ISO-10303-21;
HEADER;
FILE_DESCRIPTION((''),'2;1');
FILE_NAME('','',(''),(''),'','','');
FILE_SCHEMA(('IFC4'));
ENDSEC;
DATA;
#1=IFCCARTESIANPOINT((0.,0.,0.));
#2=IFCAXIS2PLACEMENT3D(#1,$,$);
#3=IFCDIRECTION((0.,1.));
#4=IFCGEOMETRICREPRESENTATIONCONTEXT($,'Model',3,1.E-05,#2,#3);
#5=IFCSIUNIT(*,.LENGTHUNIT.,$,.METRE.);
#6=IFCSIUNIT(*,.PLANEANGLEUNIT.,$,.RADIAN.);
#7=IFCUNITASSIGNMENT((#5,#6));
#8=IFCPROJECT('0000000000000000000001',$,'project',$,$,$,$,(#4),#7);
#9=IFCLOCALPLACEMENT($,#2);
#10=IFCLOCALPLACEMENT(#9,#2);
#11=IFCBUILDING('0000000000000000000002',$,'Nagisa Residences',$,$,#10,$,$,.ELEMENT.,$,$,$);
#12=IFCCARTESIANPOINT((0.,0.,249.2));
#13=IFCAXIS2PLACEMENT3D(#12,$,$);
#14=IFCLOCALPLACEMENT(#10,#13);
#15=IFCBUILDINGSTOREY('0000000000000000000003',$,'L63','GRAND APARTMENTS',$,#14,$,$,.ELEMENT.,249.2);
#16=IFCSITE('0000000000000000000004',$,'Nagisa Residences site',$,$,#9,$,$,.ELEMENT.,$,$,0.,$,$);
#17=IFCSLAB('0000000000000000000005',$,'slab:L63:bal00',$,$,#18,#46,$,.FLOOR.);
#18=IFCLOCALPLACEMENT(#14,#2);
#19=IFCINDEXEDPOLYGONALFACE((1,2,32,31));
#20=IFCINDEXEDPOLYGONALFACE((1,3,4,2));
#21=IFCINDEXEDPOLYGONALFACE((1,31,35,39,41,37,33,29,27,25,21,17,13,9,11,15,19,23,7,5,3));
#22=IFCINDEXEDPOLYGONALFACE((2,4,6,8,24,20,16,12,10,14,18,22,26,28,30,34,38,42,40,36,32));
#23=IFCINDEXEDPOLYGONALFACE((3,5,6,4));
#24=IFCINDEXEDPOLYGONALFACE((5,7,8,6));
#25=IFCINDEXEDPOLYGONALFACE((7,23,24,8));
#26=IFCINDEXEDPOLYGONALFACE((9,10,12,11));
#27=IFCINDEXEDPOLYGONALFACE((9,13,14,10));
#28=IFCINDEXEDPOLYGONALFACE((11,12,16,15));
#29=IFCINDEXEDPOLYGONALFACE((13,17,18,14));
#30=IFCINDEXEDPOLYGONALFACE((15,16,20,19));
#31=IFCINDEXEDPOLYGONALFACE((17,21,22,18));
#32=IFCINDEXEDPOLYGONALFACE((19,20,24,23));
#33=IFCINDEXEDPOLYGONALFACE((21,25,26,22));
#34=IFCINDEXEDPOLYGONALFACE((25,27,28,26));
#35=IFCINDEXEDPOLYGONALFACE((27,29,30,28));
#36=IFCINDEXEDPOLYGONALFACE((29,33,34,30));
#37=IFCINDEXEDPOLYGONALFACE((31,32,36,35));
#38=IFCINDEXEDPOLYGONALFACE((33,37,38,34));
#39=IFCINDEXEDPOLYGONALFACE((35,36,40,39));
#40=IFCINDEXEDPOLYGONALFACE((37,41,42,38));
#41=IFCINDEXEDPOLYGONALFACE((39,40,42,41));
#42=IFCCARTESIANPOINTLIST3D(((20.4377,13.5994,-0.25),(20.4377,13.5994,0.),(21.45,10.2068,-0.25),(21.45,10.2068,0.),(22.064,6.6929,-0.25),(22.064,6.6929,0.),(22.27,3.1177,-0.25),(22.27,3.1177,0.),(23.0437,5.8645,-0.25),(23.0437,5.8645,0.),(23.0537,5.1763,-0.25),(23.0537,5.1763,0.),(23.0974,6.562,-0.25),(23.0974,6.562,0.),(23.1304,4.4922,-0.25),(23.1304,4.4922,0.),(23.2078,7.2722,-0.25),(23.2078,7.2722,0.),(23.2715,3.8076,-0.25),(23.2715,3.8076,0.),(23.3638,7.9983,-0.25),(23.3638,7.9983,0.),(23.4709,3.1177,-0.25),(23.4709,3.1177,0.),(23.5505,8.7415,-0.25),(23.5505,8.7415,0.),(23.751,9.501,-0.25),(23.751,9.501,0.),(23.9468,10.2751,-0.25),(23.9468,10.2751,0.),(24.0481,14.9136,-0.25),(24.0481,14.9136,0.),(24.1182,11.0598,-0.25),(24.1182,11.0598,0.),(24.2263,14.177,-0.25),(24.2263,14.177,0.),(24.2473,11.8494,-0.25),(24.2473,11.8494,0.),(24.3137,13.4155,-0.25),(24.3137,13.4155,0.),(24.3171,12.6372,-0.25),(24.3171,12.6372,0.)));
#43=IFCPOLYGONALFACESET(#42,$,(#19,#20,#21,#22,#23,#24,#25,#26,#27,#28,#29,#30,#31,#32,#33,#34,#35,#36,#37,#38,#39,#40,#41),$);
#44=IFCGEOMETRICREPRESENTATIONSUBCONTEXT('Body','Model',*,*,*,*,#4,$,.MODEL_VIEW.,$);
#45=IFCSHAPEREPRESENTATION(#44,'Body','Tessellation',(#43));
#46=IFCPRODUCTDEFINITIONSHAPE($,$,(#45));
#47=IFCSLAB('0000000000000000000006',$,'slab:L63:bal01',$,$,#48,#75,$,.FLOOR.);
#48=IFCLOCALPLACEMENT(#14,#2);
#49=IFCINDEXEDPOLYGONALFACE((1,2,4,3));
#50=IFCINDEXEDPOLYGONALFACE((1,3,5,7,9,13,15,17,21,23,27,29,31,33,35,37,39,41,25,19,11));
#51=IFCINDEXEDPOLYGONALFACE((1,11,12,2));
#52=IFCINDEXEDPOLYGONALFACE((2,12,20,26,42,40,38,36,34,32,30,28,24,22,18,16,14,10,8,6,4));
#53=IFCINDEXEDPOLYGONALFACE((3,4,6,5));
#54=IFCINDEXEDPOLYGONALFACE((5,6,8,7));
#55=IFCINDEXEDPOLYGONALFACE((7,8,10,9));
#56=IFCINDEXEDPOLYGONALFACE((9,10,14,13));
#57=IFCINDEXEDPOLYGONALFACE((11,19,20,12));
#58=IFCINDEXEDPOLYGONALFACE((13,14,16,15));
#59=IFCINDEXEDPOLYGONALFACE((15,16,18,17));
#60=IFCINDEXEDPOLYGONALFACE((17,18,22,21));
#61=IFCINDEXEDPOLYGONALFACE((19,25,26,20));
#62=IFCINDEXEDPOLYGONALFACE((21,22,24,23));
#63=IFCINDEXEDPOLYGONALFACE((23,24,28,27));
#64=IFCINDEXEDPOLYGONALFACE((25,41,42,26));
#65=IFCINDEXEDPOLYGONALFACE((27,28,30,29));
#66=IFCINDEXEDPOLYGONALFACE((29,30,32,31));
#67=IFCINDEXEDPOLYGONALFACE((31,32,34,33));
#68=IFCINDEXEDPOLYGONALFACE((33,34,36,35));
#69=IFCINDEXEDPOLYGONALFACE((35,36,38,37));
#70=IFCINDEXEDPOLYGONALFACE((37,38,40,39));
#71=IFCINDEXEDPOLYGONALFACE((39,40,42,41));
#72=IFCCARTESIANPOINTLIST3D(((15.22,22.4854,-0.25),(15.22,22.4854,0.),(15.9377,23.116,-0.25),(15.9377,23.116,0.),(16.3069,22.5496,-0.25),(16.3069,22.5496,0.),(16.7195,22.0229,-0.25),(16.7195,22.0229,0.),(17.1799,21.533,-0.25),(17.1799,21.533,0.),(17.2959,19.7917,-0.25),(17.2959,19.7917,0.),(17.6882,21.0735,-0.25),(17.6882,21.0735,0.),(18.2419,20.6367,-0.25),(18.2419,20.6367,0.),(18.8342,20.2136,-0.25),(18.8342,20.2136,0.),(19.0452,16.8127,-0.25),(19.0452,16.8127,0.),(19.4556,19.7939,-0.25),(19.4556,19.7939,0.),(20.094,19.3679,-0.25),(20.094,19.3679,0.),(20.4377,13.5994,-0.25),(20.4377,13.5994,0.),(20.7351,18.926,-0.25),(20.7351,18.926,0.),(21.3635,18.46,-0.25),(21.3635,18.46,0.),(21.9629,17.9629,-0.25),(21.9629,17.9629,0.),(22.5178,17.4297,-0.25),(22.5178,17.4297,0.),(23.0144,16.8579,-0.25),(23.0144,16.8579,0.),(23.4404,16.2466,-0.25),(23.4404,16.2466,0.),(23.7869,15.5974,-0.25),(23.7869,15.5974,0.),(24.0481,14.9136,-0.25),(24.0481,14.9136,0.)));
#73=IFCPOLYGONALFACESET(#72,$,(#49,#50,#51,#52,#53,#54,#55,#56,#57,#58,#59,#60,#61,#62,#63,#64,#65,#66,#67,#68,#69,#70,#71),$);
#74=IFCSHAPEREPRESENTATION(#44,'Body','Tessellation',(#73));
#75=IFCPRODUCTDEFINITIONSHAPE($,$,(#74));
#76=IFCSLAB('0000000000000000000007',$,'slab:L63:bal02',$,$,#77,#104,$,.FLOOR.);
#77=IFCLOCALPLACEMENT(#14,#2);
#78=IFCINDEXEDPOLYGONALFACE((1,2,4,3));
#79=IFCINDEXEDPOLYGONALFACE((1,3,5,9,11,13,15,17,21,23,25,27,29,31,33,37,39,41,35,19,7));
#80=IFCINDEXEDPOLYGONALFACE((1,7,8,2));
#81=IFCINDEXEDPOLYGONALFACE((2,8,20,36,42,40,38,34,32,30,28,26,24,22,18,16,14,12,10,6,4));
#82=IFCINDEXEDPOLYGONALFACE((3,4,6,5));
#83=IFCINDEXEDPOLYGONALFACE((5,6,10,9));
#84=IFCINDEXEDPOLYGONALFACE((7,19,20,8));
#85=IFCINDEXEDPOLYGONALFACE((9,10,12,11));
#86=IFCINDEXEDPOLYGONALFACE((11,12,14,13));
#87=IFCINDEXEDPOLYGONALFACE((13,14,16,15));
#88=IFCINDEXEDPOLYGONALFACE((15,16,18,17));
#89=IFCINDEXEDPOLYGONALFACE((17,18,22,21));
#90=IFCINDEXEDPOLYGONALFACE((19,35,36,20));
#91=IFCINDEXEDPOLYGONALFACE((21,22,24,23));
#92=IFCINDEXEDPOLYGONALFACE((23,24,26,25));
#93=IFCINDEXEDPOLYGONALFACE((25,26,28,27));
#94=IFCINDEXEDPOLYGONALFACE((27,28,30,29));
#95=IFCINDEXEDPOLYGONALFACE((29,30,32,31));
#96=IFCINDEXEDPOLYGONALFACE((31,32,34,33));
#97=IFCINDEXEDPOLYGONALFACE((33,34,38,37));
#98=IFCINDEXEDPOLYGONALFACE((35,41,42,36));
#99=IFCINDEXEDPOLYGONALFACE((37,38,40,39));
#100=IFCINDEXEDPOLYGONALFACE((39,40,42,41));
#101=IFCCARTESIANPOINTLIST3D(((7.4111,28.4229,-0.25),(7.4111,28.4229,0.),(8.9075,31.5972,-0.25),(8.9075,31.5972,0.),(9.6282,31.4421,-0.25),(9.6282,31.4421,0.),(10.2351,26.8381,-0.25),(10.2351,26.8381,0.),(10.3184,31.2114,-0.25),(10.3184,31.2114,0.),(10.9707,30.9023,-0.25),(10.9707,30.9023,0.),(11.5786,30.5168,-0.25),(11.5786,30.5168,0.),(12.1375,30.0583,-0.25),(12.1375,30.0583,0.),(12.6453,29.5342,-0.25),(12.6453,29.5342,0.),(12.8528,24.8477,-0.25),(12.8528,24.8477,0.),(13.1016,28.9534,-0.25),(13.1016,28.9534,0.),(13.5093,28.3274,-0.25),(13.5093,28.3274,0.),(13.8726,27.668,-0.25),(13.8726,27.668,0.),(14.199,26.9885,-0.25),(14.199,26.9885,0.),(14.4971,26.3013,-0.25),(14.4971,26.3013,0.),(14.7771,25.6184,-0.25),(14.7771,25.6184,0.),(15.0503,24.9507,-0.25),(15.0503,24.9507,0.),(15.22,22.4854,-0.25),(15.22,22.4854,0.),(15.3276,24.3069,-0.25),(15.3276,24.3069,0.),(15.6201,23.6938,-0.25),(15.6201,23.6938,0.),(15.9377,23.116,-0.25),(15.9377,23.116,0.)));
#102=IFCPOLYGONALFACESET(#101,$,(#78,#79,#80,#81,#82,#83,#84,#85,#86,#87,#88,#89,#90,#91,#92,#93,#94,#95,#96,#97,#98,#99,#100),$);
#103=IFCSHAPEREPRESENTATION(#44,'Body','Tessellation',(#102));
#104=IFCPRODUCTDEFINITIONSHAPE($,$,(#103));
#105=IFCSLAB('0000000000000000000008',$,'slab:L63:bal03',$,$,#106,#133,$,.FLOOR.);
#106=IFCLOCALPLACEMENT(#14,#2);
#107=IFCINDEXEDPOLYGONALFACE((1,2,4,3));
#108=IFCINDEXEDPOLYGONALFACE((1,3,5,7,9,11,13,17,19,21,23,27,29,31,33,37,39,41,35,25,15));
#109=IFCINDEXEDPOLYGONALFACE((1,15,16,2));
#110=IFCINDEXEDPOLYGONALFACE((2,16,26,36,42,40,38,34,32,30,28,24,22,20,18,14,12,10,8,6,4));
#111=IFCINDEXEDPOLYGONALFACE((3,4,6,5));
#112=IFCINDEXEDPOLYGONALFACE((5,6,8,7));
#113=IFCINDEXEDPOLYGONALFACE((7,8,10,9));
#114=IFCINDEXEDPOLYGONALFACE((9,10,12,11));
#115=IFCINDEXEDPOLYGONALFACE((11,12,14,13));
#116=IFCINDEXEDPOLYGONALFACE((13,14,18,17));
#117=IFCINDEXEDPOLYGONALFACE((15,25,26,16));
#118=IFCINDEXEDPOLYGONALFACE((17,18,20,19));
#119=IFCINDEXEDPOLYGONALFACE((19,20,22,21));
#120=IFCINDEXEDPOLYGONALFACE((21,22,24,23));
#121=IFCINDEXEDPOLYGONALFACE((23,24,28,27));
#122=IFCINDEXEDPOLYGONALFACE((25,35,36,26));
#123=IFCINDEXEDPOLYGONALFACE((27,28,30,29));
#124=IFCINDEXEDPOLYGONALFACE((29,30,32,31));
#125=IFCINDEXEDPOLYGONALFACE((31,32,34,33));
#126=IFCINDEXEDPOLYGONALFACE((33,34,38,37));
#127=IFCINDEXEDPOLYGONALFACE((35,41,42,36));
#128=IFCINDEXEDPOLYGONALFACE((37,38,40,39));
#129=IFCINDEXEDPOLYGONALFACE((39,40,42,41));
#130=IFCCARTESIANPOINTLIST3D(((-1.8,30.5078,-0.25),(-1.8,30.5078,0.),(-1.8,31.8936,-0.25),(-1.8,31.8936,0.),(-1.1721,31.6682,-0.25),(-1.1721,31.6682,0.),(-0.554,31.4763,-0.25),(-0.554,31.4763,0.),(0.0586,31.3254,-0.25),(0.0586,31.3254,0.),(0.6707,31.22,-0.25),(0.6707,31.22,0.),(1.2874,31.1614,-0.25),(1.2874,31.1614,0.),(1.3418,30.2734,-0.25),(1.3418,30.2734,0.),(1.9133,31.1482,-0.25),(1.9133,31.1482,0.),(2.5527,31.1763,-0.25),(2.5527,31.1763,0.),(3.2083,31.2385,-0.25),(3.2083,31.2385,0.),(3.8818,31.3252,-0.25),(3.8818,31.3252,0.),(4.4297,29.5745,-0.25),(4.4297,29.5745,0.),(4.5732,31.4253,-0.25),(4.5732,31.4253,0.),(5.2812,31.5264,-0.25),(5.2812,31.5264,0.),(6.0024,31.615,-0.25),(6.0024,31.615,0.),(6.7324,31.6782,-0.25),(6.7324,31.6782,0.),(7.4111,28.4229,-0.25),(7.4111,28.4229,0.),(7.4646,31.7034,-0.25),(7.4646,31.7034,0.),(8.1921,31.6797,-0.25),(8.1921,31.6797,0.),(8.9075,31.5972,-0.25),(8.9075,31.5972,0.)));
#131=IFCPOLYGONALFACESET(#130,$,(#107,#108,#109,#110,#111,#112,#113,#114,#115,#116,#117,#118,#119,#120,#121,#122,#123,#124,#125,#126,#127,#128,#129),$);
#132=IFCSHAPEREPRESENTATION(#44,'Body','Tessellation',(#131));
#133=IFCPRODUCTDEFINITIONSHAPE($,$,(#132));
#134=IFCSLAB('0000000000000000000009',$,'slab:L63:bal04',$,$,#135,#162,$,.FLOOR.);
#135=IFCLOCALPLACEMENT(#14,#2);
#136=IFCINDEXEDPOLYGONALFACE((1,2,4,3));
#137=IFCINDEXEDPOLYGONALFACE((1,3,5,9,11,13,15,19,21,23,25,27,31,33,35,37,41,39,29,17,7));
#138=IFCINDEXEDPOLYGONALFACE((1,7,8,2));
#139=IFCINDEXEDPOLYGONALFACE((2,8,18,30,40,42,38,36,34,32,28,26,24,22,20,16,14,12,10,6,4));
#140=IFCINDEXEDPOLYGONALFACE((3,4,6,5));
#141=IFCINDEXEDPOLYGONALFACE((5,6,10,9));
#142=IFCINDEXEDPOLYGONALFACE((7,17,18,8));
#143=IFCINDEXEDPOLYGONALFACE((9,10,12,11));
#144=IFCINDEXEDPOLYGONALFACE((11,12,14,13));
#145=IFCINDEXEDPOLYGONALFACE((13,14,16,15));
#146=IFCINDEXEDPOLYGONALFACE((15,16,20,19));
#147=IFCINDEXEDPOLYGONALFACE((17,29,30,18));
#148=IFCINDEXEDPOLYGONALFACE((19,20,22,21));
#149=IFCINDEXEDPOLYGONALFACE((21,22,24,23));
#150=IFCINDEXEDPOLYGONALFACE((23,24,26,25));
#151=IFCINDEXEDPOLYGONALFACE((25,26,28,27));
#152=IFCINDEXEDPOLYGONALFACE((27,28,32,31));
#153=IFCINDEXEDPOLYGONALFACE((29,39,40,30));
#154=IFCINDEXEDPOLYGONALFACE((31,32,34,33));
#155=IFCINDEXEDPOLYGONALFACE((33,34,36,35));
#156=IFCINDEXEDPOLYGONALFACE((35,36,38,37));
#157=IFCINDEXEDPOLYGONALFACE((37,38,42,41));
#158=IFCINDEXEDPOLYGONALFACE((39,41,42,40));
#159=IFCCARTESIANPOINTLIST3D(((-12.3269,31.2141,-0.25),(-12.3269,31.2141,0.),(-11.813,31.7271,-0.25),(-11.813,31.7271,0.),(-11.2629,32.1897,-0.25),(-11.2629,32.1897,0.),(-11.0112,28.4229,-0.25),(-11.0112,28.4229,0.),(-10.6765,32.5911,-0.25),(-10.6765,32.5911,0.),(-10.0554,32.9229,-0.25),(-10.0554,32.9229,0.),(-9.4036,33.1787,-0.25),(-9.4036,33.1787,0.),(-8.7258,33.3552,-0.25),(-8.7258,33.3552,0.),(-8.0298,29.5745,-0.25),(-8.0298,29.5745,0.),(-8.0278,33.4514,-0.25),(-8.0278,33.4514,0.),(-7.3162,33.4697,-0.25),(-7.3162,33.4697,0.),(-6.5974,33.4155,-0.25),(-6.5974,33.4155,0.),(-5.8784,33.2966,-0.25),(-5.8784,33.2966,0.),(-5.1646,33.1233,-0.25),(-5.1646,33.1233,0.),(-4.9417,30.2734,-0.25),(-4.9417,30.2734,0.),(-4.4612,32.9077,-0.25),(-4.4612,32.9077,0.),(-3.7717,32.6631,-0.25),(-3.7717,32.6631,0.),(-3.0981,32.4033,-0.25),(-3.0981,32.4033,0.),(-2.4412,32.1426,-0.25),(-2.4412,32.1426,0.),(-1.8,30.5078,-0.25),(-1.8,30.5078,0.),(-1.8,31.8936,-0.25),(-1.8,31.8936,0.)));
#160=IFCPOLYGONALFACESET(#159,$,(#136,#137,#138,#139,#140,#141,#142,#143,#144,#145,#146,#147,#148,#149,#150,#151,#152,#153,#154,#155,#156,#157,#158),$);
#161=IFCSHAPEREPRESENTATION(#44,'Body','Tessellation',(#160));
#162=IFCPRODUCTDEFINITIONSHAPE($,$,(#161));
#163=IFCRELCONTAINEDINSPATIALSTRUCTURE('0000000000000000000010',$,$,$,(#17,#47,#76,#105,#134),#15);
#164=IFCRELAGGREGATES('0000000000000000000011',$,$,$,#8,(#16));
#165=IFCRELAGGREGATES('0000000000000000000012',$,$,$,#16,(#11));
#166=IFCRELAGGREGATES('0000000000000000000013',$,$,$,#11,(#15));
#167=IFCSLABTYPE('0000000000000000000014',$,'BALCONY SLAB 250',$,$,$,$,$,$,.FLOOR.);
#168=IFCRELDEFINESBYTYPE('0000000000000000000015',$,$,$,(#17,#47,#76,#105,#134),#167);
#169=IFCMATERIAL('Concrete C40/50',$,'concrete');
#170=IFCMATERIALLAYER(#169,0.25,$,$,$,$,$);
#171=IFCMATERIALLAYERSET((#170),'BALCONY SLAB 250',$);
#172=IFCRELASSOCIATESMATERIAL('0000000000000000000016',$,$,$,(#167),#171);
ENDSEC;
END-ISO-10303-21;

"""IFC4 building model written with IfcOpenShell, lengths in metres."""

from ifc_helpers import new_model, si_unit, direction, frame, origin, place, context, subcontext, project, spatial, polyline, outline, extrude, material, layer, layer_set, type_object, element, save


model = new_model("IFC4")

# Units and contexts
model_context = context("Model", 3, precision=1e-05, world=origin(), true_north=direction((0.0, 1.0)))
body_context = subcontext(model_context, "Body", "Model", "MODEL_VIEW")
ifc_project = project(units=[si_unit("LENGTHUNIT", "METRE"), si_unit("PLANEANGLEUNIT", "RADIAN")], contexts=[model_context])

# Site, building, storey
site_placement = place(None, origin())
site = spatial("IfcSite", under=ifc_project, at=site_placement, Name="Nagisa Residences site", CompositionType="ELEMENT", RefElevation=0.0)
building_placement = place(site_placement, origin())
building = spatial("IfcBuilding", under=site, at=building_placement, Name="Nagisa Residences", CompositionType="ELEMENT")
storey_placement = place(building_placement, frame((0.0, 0.0, 249.2)))
storey = spatial("IfcBuildingStorey", under=building, at=storey_placement, Name="L63", Description="GRAND APARTMENTS", CompositionType="ELEMENT", Elevation=249.2)

# Slabs
ifc_material = material(Name="Concrete C40/50", Category="concrete")
ifc_layer = layer(ifc_material, 0.25)
ifc_layer_set = layer_set([ifc_layer], Name="BALCONY SLAB 250")
slab_type = type_object("IfcSlabType", Name="BALCONY SLAB 250", PredefinedType="FLOOR", material=ifc_layer_set)
slab_1_placement = place(storey_placement, frame((0.0, 0.0, -0.25)))
element("IfcSlab", 1, at=slab_1_placement, inside=storey, type_object=slab_type, Name="slab:L63:bal00", PredefinedType="FLOOR", context=body_context, shape_type="SweptSolid", body=[
    extrude(outline(polyline([(23.4709, 3.1177), (23.2715, 3.8076), (23.1304, 4.4922), (23.0537, 5.1763), (23.0437, 5.8645), (23.0974, 6.562), (23.2078, 7.2722), (23.3638, 7.9983), (23.5505, 8.7415), (23.751, 9.501), (23.9468, 10.2751), (24.1182, 11.0598), (24.2473, 11.8494), (24.3171, 12.6372), (24.3137, 13.4155), (24.2263, 14.177), (24.0481, 14.9136), (20.4377, 13.5994), (21.45, 10.2068), (22.064, 6.6929), (22.27, 3.1177), (23.4709, 3.1177)])), origin(), (0.0, 0.0, 1.0), 0.25),
])
slab_2_placement = place(storey_placement, frame((0.0, 0.0, -0.25)))
element("IfcSlab", 2, at=slab_2_placement, inside=storey, type_object=slab_type, Name="slab:L63:bal01", PredefinedType="FLOOR", context=body_context, shape_type="SweptSolid", body=[
    extrude(outline(polyline([(24.0481, 14.9136), (23.7869, 15.5974), (23.4404, 16.2466), (23.0144, 16.8579), (22.5178, 17.4297), (21.9629, 17.9629), (21.3635, 18.46), (20.7351, 18.926), (20.094, 19.3679), (19.4556, 19.7939), (18.8342, 20.2136), (18.2419, 20.6367), (17.6882, 21.0735), (17.1799, 21.533), (16.7195, 22.0229), (16.3069, 22.5496), (15.9377, 23.116), (15.22, 22.4854), (17.2959, 19.7917), (19.0452, 16.8127), (20.4377, 13.5994), (24.0481, 14.9136)])), origin(), (0.0, 0.0, 1.0), 0.25),
])
slab_3_placement = place(storey_placement, frame((0.0, 0.0, -0.25)))
element("IfcSlab", 3, at=slab_3_placement, inside=storey, type_object=slab_type, Name="slab:L63:bal02", PredefinedType="FLOOR", context=body_context, shape_type="SweptSolid", body=[
    extrude(outline(polyline([(15.9377, 23.116), (15.6201, 23.6938), (15.3276, 24.3069), (15.0503, 24.9507), (14.7771, 25.6184), (14.4971, 26.3013), (14.199, 26.9885), (13.8726, 27.668), (13.5093, 28.3274), (13.1016, 28.9534), (12.6453, 29.5342), (12.1375, 30.0583), (11.5786, 30.5168), (10.9707, 30.9023), (10.3184, 31.2114), (9.6282, 31.4421), (8.9075, 31.5972), (7.4111, 28.4229), (10.2351, 26.8381), (12.8528, 24.8477), (15.22, 22.4854), (15.9377, 23.116)])), origin(), (0.0, 0.0, 1.0), 0.25),
])
slab_4_placement = place(storey_placement, frame((0.0, 0.0, -0.25)))
element("IfcSlab", 4, at=slab_4_placement, inside=storey, type_object=slab_type, Name="slab:L63:bal03", PredefinedType="FLOOR", context=body_context, shape_type="SweptSolid", body=[
    extrude(outline(polyline([(8.9075, 31.5972), (8.1921, 31.6797), (7.4646, 31.7034), (6.7324, 31.6782), (6.0024, 31.615), (5.2812, 31.5264), (4.5732, 31.4253), (3.8818, 31.3252), (3.2083, 31.2385), (2.5527, 31.1763), (1.9133, 31.1482), (1.2874, 31.1614), (0.6707, 31.22), (0.0586, 31.3254), (-0.554, 31.4763), (-1.1721, 31.6682), (-1.8, 31.8936), (-1.8, 30.5078), (1.3418, 30.2734), (4.4297, 29.5745), (7.4111, 28.4229), (8.9075, 31.5972)])), origin(), (0.0, 0.0, 1.0), 0.25),
])
slab_5_placement = place(storey_placement, frame((0.0, 0.0, -0.25)))
element("IfcSlab", 5, at=slab_5_placement, inside=storey, type_object=slab_type, Name="slab:L63:bal04", PredefinedType="FLOOR", context=body_context, shape_type="SweptSolid", body=[
    extrude(outline(polyline([(-1.8, 31.8936), (-2.4412, 32.1426), (-3.0981, 32.4033), (-3.7717, 32.6631), (-4.4612, 32.9077), (-5.1646, 33.1233), (-5.8784, 33.2966), (-6.5974, 33.4155), (-7.3162, 33.4697), (-8.0278, 33.4514), (-8.7258, 33.3552), (-9.4036, 33.1787), (-10.0554, 32.9229), (-10.6765, 32.5911), (-11.2629, 32.1897), (-11.813, 31.7271), (-12.3269, 31.2141), (-11.0112, 28.4229), (-8.0298, 29.5745), (-4.9417, 30.2734), (-1.8, 30.5078), (-1.8, 31.8936)])), origin(), (0.0, 0.0, 1.0), 0.25),
])

save(model, "model.ifc")
